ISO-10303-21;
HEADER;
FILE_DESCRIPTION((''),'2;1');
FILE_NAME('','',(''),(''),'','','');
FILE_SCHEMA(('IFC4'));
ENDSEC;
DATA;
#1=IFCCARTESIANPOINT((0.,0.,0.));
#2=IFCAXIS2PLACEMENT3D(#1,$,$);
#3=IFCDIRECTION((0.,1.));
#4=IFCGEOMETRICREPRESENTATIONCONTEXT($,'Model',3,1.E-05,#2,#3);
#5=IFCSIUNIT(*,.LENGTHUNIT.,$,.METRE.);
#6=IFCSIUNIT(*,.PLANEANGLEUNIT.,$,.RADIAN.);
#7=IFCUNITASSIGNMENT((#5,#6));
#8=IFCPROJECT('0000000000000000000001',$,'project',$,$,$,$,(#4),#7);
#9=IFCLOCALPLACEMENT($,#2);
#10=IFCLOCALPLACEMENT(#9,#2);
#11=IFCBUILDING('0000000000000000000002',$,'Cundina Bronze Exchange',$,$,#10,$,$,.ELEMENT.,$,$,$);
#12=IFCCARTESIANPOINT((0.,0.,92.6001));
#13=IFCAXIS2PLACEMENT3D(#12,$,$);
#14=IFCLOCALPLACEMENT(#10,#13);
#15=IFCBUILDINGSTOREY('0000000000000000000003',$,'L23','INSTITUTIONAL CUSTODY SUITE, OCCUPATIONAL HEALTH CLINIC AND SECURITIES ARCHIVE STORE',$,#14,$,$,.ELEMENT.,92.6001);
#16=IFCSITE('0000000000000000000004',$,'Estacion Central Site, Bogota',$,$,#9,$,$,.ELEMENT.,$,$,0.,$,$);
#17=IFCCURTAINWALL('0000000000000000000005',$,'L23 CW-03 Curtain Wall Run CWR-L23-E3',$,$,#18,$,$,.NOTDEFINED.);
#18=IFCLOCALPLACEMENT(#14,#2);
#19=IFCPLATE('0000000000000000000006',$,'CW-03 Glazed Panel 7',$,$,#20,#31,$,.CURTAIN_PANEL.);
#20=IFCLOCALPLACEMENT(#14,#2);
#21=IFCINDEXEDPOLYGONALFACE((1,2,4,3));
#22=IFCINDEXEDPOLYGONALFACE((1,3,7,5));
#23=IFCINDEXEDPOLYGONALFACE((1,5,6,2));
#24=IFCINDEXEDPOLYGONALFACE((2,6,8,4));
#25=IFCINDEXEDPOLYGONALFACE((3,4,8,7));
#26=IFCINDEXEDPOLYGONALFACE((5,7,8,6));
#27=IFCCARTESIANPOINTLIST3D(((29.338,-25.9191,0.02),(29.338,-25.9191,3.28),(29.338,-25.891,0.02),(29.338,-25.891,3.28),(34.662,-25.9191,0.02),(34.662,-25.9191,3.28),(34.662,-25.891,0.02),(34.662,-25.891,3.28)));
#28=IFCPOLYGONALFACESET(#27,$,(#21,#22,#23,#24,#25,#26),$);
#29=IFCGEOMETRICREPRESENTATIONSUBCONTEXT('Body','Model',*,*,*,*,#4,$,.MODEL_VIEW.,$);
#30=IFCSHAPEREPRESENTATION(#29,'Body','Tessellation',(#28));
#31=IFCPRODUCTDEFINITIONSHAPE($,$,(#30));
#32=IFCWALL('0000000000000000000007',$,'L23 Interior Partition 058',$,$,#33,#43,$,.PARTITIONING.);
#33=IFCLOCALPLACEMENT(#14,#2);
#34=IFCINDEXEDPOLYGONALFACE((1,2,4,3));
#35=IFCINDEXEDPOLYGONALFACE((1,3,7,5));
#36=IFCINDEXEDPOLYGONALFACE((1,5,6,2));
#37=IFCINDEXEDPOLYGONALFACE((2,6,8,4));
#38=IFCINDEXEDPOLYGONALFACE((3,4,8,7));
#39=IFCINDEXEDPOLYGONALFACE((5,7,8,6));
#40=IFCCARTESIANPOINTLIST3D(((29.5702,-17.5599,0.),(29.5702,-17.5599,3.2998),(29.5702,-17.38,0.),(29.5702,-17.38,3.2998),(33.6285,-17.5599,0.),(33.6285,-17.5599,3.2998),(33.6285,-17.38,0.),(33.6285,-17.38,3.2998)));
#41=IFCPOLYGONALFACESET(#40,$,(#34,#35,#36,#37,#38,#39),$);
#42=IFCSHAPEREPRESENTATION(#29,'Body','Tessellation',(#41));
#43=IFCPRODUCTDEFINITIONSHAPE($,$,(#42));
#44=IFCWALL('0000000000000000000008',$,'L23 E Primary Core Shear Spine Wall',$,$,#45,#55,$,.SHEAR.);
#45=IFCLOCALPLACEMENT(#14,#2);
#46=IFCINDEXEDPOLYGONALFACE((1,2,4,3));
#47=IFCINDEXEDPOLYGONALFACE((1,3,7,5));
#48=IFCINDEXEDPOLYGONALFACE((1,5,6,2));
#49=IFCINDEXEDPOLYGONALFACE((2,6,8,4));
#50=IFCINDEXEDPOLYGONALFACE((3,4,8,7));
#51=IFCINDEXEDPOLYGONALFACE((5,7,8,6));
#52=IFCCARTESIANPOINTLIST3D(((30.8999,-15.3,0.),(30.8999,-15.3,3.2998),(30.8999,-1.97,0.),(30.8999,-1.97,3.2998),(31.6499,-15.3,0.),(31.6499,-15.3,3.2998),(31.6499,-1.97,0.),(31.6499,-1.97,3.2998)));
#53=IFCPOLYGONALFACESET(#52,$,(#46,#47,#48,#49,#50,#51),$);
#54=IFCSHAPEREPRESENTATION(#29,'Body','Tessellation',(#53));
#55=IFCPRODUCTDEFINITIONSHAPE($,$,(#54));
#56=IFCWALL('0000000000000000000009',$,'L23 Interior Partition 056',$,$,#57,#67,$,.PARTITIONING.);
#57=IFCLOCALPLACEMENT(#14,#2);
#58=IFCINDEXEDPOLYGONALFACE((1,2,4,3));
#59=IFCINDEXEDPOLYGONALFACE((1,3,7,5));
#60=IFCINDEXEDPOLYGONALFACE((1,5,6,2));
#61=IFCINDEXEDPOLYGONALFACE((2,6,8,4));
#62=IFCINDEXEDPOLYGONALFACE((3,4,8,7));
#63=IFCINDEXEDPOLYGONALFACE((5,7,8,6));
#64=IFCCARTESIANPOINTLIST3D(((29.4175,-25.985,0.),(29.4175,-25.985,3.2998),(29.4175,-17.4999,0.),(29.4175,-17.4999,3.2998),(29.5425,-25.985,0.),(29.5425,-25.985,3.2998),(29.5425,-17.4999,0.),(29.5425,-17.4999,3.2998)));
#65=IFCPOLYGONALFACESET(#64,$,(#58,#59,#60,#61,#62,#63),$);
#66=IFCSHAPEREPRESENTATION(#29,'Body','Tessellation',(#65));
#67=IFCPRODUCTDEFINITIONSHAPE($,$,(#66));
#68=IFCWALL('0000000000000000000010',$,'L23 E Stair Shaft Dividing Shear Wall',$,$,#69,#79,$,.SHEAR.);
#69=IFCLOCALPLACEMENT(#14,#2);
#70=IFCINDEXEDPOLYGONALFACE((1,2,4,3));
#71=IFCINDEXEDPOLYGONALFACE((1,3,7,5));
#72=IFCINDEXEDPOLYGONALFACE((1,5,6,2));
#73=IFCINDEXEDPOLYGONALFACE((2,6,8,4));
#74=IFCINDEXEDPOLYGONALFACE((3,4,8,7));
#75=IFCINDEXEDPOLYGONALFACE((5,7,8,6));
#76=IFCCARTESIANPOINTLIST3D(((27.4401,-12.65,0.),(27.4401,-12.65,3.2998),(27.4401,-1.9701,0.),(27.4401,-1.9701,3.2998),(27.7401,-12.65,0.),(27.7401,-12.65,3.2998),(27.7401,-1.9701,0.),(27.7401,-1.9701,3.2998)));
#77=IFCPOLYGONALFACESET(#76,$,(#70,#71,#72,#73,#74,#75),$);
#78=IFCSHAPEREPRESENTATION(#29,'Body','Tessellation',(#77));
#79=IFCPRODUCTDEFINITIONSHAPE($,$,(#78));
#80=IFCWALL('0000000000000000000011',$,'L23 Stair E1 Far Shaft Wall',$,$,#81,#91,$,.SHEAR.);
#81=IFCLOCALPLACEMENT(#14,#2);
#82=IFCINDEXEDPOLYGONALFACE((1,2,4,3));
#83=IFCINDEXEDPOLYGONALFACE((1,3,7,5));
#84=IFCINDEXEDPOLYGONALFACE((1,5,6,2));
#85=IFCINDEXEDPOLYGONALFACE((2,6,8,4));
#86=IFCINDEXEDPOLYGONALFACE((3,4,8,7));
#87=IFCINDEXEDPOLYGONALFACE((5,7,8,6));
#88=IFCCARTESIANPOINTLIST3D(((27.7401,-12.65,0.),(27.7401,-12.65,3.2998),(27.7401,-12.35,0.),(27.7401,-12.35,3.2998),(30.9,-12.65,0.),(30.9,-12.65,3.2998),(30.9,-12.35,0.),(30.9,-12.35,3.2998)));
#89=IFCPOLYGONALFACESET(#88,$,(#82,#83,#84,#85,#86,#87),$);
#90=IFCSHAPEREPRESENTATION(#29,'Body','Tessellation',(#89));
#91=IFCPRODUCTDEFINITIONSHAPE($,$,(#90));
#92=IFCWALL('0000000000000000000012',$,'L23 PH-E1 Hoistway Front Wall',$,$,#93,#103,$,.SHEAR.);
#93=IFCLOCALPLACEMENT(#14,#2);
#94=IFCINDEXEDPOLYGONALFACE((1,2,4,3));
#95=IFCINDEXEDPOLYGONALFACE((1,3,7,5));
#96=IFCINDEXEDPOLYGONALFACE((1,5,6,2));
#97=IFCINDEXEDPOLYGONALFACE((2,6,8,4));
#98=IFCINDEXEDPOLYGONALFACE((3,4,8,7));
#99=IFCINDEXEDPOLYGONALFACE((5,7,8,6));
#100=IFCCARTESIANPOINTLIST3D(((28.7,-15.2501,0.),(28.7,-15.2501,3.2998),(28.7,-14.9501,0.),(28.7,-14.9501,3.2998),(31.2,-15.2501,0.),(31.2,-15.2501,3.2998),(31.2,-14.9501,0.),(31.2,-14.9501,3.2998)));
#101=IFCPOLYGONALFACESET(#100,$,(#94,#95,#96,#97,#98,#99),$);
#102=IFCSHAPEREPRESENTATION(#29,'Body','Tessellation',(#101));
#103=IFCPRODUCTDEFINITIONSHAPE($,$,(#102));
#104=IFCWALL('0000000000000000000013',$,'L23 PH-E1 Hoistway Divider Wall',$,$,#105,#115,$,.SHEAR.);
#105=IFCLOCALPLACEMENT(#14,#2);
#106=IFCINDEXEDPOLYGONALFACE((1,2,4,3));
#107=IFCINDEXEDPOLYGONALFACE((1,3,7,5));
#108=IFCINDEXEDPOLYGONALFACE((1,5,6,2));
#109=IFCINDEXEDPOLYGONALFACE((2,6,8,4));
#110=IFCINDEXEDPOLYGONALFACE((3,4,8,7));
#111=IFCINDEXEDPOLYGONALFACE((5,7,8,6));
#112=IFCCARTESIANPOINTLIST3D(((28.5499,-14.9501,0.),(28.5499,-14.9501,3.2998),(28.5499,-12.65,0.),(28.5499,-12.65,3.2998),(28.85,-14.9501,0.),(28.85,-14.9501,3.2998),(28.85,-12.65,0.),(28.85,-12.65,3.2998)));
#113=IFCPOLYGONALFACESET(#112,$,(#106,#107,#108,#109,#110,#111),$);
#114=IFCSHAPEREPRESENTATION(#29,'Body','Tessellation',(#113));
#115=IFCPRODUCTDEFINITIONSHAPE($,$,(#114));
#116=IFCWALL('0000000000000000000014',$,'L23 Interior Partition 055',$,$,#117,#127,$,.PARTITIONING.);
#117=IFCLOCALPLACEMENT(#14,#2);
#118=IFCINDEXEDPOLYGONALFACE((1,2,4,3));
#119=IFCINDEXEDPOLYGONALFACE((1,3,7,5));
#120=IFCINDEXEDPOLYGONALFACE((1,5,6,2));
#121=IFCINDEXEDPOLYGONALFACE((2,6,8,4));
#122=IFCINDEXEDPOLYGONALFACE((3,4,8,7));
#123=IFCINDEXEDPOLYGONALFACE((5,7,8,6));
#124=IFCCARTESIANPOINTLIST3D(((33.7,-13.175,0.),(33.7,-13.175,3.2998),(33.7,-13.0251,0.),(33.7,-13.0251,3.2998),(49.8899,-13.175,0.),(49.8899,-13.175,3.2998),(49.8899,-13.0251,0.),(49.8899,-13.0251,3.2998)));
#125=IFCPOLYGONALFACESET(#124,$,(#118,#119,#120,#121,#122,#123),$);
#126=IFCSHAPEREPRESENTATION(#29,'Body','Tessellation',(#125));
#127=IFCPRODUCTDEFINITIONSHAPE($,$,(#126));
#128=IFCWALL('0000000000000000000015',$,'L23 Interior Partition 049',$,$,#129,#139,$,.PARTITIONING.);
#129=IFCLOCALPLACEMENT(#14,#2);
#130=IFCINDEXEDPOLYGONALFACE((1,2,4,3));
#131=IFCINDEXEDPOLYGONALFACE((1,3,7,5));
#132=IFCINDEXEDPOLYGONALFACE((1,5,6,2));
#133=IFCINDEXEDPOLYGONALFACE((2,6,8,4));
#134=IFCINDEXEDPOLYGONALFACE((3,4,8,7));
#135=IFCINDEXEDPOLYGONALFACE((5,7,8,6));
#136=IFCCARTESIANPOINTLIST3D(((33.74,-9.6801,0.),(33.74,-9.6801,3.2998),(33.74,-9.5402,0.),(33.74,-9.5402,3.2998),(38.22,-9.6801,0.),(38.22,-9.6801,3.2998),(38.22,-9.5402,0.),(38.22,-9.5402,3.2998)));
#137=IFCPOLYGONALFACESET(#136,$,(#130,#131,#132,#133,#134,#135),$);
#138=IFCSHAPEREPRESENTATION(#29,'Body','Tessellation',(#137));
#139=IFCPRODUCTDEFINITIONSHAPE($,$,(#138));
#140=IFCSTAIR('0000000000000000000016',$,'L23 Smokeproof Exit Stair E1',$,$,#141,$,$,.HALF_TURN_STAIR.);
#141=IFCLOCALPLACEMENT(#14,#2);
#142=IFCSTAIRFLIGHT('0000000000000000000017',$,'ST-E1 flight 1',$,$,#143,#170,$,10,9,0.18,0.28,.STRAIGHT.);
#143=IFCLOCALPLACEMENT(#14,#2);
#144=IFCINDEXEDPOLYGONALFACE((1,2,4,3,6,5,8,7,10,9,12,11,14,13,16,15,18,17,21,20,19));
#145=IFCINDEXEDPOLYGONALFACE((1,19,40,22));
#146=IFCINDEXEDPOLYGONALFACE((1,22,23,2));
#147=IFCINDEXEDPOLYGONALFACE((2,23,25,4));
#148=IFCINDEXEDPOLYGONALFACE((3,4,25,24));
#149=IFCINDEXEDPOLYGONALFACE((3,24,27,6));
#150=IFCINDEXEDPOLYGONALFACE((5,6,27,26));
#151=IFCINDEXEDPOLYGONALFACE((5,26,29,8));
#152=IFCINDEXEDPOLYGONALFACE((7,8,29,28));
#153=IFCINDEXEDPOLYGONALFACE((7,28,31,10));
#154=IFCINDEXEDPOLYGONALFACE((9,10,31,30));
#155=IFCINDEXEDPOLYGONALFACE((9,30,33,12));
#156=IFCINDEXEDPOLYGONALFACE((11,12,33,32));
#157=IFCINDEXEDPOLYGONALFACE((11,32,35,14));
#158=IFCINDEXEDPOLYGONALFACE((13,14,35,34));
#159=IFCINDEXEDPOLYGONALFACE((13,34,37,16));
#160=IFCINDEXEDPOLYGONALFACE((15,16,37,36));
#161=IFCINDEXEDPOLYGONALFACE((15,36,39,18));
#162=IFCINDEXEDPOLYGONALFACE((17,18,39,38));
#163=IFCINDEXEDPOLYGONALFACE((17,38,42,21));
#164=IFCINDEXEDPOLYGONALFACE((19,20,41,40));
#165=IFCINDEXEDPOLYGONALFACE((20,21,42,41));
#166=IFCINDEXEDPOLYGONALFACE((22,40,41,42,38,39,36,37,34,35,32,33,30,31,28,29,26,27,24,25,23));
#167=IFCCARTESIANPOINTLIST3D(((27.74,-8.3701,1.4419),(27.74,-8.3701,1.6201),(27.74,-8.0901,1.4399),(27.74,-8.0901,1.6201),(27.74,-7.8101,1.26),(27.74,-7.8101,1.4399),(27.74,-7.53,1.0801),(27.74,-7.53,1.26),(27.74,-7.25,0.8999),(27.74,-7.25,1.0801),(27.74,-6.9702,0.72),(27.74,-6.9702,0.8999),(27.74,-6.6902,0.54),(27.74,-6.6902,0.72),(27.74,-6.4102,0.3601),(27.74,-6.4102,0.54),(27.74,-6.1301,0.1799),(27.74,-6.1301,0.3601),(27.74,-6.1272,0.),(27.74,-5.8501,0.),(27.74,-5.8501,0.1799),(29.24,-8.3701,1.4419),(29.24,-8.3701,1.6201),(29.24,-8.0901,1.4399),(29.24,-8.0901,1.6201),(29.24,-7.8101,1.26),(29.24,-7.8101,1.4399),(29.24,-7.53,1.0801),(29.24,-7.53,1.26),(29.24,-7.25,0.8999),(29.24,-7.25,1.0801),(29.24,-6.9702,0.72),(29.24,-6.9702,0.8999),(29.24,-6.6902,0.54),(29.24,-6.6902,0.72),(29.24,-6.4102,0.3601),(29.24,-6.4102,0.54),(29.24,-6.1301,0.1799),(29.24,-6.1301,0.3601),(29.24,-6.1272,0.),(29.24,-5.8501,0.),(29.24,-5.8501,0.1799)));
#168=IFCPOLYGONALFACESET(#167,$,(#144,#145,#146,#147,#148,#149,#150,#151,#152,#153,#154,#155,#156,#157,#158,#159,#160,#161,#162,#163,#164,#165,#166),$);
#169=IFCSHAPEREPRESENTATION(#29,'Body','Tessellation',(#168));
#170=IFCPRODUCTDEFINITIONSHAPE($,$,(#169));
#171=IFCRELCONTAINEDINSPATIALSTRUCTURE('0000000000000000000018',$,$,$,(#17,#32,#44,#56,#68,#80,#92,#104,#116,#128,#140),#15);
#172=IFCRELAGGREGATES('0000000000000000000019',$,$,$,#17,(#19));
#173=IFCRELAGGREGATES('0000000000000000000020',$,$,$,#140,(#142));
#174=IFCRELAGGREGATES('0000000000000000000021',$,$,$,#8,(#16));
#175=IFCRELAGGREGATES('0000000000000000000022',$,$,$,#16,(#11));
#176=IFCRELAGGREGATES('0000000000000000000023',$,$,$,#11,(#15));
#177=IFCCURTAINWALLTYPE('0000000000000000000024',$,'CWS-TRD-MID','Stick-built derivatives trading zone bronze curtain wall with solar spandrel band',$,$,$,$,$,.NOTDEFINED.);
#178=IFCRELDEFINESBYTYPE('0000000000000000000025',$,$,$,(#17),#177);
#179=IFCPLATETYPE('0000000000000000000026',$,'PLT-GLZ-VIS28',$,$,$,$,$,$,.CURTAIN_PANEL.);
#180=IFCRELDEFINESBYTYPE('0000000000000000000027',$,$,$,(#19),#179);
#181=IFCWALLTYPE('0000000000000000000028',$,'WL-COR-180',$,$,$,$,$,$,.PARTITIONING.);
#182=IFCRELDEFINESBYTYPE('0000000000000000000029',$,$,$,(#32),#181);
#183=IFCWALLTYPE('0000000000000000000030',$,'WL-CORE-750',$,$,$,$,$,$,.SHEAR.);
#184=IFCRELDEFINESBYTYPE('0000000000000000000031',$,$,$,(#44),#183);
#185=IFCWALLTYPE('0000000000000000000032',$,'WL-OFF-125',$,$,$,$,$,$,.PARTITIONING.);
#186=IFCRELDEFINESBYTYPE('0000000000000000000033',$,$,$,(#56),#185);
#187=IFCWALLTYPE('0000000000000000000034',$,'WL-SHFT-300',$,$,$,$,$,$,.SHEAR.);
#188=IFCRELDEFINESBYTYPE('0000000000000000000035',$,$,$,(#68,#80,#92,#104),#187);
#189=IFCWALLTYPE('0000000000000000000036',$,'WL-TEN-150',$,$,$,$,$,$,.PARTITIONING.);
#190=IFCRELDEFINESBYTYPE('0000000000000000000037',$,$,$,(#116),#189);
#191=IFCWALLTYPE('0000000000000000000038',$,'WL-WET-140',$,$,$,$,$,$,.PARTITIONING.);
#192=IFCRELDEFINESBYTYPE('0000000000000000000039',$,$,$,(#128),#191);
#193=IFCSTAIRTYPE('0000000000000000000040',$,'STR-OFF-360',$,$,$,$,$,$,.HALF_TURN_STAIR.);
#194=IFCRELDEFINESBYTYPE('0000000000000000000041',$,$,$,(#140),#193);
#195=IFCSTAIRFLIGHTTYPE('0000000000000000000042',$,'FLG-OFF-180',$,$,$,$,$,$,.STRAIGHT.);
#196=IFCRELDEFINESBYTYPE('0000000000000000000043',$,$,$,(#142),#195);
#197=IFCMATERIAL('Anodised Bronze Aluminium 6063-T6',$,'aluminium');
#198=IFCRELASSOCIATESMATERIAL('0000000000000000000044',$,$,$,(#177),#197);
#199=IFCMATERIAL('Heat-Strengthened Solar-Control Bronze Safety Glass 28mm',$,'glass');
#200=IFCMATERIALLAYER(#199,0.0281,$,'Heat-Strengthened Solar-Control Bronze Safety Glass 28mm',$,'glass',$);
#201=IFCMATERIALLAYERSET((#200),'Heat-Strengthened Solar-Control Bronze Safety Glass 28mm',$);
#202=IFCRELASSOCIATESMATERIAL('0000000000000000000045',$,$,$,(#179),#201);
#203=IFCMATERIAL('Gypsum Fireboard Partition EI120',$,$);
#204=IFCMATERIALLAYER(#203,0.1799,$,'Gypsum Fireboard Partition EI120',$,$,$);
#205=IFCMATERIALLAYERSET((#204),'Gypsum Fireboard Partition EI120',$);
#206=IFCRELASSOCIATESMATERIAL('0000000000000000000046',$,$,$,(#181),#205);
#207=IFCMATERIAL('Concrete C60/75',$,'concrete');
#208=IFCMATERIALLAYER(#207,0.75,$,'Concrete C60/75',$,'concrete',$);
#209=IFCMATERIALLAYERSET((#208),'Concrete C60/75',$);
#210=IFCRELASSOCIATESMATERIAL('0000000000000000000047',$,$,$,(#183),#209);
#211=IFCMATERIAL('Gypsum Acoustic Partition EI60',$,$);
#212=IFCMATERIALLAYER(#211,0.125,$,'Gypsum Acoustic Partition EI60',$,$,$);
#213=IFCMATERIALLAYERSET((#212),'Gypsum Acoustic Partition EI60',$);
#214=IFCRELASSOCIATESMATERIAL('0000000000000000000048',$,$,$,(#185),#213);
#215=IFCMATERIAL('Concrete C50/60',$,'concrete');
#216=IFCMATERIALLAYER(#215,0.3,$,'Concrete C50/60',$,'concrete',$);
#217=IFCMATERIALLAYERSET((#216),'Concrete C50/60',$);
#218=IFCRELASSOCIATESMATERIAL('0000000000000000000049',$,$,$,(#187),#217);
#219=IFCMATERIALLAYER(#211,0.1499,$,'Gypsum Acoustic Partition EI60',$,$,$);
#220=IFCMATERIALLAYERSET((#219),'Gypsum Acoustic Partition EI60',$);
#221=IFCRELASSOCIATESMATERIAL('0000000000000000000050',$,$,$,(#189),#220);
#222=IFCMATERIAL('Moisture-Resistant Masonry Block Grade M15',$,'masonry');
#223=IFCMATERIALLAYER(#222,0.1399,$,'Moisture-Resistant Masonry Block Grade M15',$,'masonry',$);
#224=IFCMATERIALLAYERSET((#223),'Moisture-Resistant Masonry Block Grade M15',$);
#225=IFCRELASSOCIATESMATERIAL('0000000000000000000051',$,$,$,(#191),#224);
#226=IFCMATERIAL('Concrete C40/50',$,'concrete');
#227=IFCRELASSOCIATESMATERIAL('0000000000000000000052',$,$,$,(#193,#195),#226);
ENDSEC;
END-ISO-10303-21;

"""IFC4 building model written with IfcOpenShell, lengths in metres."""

from ifc_helpers import new_model, si_unit, direction, frame, frame_2d, origin, origin_2d, place, context, subcontext, project, spatial, polyline, rectangle, outline, extrude, material, layer, layer_set, type_object, element, aggregate, save


model = new_model("IFC4")

# Units and contexts
model_context = context("Model", 3, precision=1e-05, world=origin(), true_north=direction((0.0, 1.0)))
body_context = subcontext(model_context, "Body", "Model", "MODEL_VIEW")
ifc_project = project(units=[si_unit("LENGTHUNIT", "METRE"), si_unit("PLANEANGLEUNIT", "RADIAN")], contexts=[model_context])

# Site, building, storey
site_placement = place(None, origin())
site = spatial("IfcSite", under=ifc_project, at=site_placement, Name="Estacion Central Site, Bogota", CompositionType="ELEMENT", RefElevation=0.0)
building_placement = place(site_placement, origin())
building = spatial("IfcBuilding", under=site, at=building_placement, Name="Cundina Bronze Exchange", CompositionType="ELEMENT")
storey_placement = place(building_placement, frame((0.0, 0.0, 92.6001)))
storey = spatial("IfcBuildingStorey", under=building, at=storey_placement, Name="L23", Description="INSTITUTIONAL CUSTODY SUITE, OCCUPATIONAL HEALTH CLINIC AND SECURITIES ARCHIVE STORE", CompositionType="ELEMENT", Elevation=92.6001)

# Shared definitions
ifc_material_1 = material(Name="Concrete C60/75", Category="concrete")

# Curtain wall, plate
ifc_material_2 = material(Name="Anodised Bronze Aluminium 6063-T6", Category="aluminium")
curtain_wall_type = type_object("IfcCurtainWallType", Name="CWS-TRD-MID", Description="Stick-built derivatives trading zone bronze curtain wall with solar spandrel band", PredefinedType="NOTDEFINED", material=ifc_material_2)
curtain_wall_placement = place(storey_placement, origin())
curtain_wall = element("IfcCurtainWall", 1, at=curtain_wall_placement, inside=storey, type_object=curtain_wall_type, Name="L23 CW-03 Curtain Wall Run CWR-L23-E3", PredefinedType="NOTDEFINED")
ifc_material_3 = material(Name="Heat-Strengthened Solar-Control Bronze Safety Glass 28mm", Category="glass")
ifc_layer_1 = layer(ifc_material_3, 0.0281, Name="Heat-Strengthened Solar-Control Bronze Safety Glass 28mm", Category="glass")
ifc_layer_set_1 = layer_set([ifc_layer_1], Name="Heat-Strengthened Solar-Control Bronze Safety Glass 28mm")
plate_type = type_object("IfcPlateType", Name="PLT-GLZ-VIS28", PredefinedType="CURTAIN_PANEL", material=ifc_layer_set_1)
plate_placement = place(storey_placement, frame((32.0, -25.905, 0.02), z_axis=(0.0, 0.0, 1.0), x_axis=(1.0, 0.0, 0.0)))
plate = element("IfcPlate", 2, at=plate_placement, type_object=plate_type, Name="CW-03 Glazed Panel 7", PredefinedType="CURTAIN_PANEL", context=body_context, shape_type="SweptSolid", body=[
    extrude(rectangle(XDim=5.324, YDim=0.0281, at=origin_2d()), origin(), (0.0, 0.0, 1.0), 3.26),
])
aggregate(curtain_wall, [plate])

# Shared definitions
ifc_material_4 = material(Name="Gypsum Fireboard Partition EI120")
ifc_layer_2 = layer(ifc_material_4, 0.1799, Name="Gypsum Fireboard Partition EI120")
ifc_layer_set_2 = layer_set([ifc_layer_2], Name="Gypsum Fireboard Partition EI120")
wall_type_1 = type_object("IfcWallType", Name="WL-COR-180", PredefinedType="PARTITIONING", material=ifc_layer_set_2)

# Wall
wall_1_placement = place(storey_placement, frame((29.5701, -17.47, 0.0), z_axis=(0.0, 0.0, 1.0), x_axis=(1.0, 0.0, 0.0)))
element("IfcWall", 3, at=wall_1_placement, inside=storey, type_object=wall_type_1, Name="L23 Interior Partition 058", PredefinedType="PARTITIONING", context=body_context, shape_type="SweptSolid", body=[
    extrude(rectangle(XDim=4.0583, YDim=0.1799, at=frame_2d((2.0293, 0.0))), origin(), (0.0, 0.0, 1.0), 3.2998),
])

# Walls
ifc_layer_3 = layer(ifc_material_1, 0.75, Name="Concrete C60/75", Category="concrete")
ifc_layer_set_3 = layer_set([ifc_layer_3], Name="Concrete C60/75")
wall_type_2 = type_object("IfcWallType", Name="WL-CORE-750", PredefinedType="SHEAR", material=ifc_layer_set_3)
wall_2_placement = place(storey_placement, frame((31.2749, -15.3, 0.0), z_axis=(0.0, 0.0, 1.0), x_axis=(0.0, 1.0, 0.0)))
element("IfcWall", 4, at=wall_2_placement, inside=storey, type_object=wall_type_2, Name="L23 E Primary Core Shear Spine Wall", PredefinedType="SHEAR", context=body_context, shape_type="SweptSolid", body=[
    extrude(rectangle(XDim=13.3301, YDim=0.75, at=frame_2d((6.665, 0.0))), origin(), (0.0, 0.0, 1.0), 3.2998),
])
ifc_material_5 = material(Name="Gypsum Acoustic Partition EI60")
ifc_layer_4 = layer(ifc_material_5, 0.125, Name="Gypsum Acoustic Partition EI60")
ifc_layer_set_4 = layer_set([ifc_layer_4], Name="Gypsum Acoustic Partition EI60")
wall_type_3 = type_object("IfcWallType", Name="WL-OFF-125", PredefinedType="PARTITIONING", material=ifc_layer_set_4)
wall_3_placement = place(storey_placement, frame((29.48, -25.9851, 0.0), z_axis=(0.0, 0.0, 1.0), x_axis=(0.0, 1.0, 0.0)))
element("IfcWall", 5, at=wall_3_placement, inside=storey, type_object=wall_type_3, Name="L23 Interior Partition 056", PredefinedType="PARTITIONING", context=body_context, shape_type="SweptSolid", body=[
    extrude(rectangle(XDim=8.4851, YDim=0.125, at=frame_2d((4.2427, 0.0))), origin(), (0.0, 0.0, 1.0), 3.2998),
])
ifc_material_6 = material(Name="Concrete C50/60", Category="concrete")
ifc_layer_5 = layer(ifc_material_6, 0.3, Name="Concrete C50/60", Category="concrete")
ifc_layer_set_5 = layer_set([ifc_layer_5], Name="Concrete C50/60")
wall_type_4 = type_object("IfcWallType", Name="WL-SHFT-300", PredefinedType="SHEAR", material=ifc_layer_set_5)
wall_4_placement = place(storey_placement, frame((27.5901, -12.6499, 0.0), z_axis=(0.0, 0.0, 1.0), x_axis=(0.0, 1.0, 0.0)))
element("IfcWall", 6, at=wall_4_placement, inside=storey, type_object=wall_type_4, Name="L23 E Stair Shaft Dividing Shear Wall", PredefinedType="SHEAR", context=body_context, shape_type="SweptSolid", body=[
    extrude(rectangle(XDim=10.6799, YDim=0.3, at=frame_2d((5.3398, 0.0))), origin(), (0.0, 0.0, 1.0), 3.2998),
])
wall_5_placement = place(storey_placement, frame((27.74, -12.5, 0.0), z_axis=(0.0, 0.0, 1.0), x_axis=(1.0, 0.0, 0.0)))
element("IfcWall", 7, at=wall_5_placement, inside=storey, type_object=wall_type_4, Name="L23 Stair E1 Far Shaft Wall", PredefinedType="SHEAR", context=body_context, shape_type="SweptSolid", body=[
    extrude(rectangle(XDim=3.1599, YDim=0.3, at=frame_2d((1.5801, 0.0))), origin(), (0.0, 0.0, 1.0), 3.2998),
])
wall_6_placement = place(storey_placement, frame((28.7, -15.1001, 0.0), z_axis=(0.0, 0.0, 1.0), x_axis=(1.0, 0.0, 0.0)))
element("IfcWall", 8, at=wall_6_placement, inside=storey, type_object=wall_type_4, Name="L23 PH-E1 Hoistway Front Wall", PredefinedType="SHEAR", context=body_context, shape_type="SweptSolid", body=[
    extrude(rectangle(XDim=2.5, YDim=0.3, at=frame_2d((1.25, 0.0))), origin(), (0.0, 0.0, 1.0), 3.2998),
])
wall_7_placement = place(storey_placement, frame((28.7, -14.95, 0.0), z_axis=(0.0, 0.0, 1.0), x_axis=(0.0, 1.0, 0.0)))
element("IfcWall", 9, at=wall_7_placement, inside=storey, type_object=wall_type_4, Name="L23 PH-E1 Hoistway Divider Wall", PredefinedType="SHEAR", context=body_context, shape_type="SweptSolid", body=[
    extrude(rectangle(XDim=2.3, YDim=0.3, at=frame_2d((1.1499, 0.0))), origin(), (0.0, 0.0, 1.0), 3.2998),
])
ifc_layer_6 = layer(ifc_material_5, 0.1499, Name="Gypsum Acoustic Partition EI60")
ifc_layer_set_6 = layer_set([ifc_layer_6], Name="Gypsum Acoustic Partition EI60")
wall_type_5 = type_object("IfcWallType", Name="WL-TEN-150", PredefinedType="PARTITIONING", material=ifc_layer_set_6)
wall_8_placement = place(storey_placement, frame((33.7, -13.1001, 0.0), z_axis=(0.0, 0.0, 1.0), x_axis=(1.0, 0.0, 0.0)))
element("IfcWall", 10, at=wall_8_placement, inside=storey, type_object=wall_type_5, Name="L23 Interior Partition 055", PredefinedType="PARTITIONING", context=body_context, shape_type="SweptSolid", body=[
    extrude(rectangle(XDim=16.1899, YDim=0.1499, at=frame_2d((8.095, 0.0))), origin(), (0.0, 0.0, 1.0), 3.2998),
])
ifc_material_7 = material(Name="Moisture-Resistant Masonry Block Grade M15", Category="masonry")
ifc_layer_7 = layer(ifc_material_7, 0.1399, Name="Moisture-Resistant Masonry Block Grade M15", Category="masonry")
ifc_layer_set_7 = layer_set([ifc_layer_7], Name="Moisture-Resistant Masonry Block Grade M15")
wall_type_6 = type_object("IfcWallType", Name="WL-WET-140", PredefinedType="PARTITIONING", material=ifc_layer_set_7)
wall_9_placement = place(storey_placement, frame((33.74, -9.6101, 0.0), z_axis=(0.0, 0.0, 1.0), x_axis=(1.0, 0.0, 0.0)))
element("IfcWall", 11, at=wall_9_placement, inside=storey, type_object=wall_type_6, Name="L23 Interior Partition 049", PredefinedType="PARTITIONING", context=body_context, shape_type="SweptSolid", body=[
    extrude(rectangle(XDim=4.48, YDim=0.1399, at=frame_2d((2.24, 0.0))), origin(), (0.0, 0.0, 1.0), 3.2998),
])

# Stair, stair flight
ifc_material_8 = material(Name="Concrete C40/50", Category="concrete")
stair_type = type_object("IfcStairType", Name="STR-OFF-360", PredefinedType="HALF_TURN_STAIR", material=ifc_material_8)
stair_placement = place(storey_placement, origin())
stair = element("IfcStair", 12, at=stair_placement, inside=storey, type_object=stair_type, Name="L23 Smokeproof Exit Stair E1", PredefinedType="HALF_TURN_STAIR")
stair_flight_type = type_object("IfcStairFlightType", Name="FLG-OFF-180", PredefinedType="STRAIGHT", material=ifc_material_8)
stair_flight_1_placement = place(storey_placement, frame((28.49, -5.8501, 0.0), z_axis=(0.0, 0.0, 1.0), x_axis=(0.0, -1.0, 0.0)))
stair_flight_1 = element("IfcStairFlight", 13, at=stair_flight_1_placement, type_object=stair_flight_type, Name="ST-E1 flight 1", NumberOfRisers=10, NumberOfTreads=9, PredefinedType="STRAIGHT", RiserHeight=0.18, TreadLength=0.28, context=body_context, shape_type="SweptSolid", body=[
    extrude(outline(polyline([(0.0, 0.0), (0.0, 0.1799), (0.28, 0.1799), (0.28, 0.3601), (0.5601, 0.3601), (0.5601, 0.54), (0.8401, 0.54), (0.8401, 0.72), (1.1201, 0.72), (1.1201, 0.8999), (1.3999, 0.8999), (1.3999, 1.0801), (1.6799, 1.0801), (1.6799, 1.26), (1.96, 1.26), (1.96, 1.4399), (2.24, 1.4399), (2.24, 1.6201), (2.52, 1.6201), (2.52, 1.8), (2.52, 1.4419), (0.2771, 0.0), (0.0, 0.0)])), frame((0.0, 0.75, 0.0), z_axis=(0.0, -1.0, 0.0), x_axis=(1.0, 0.0, 0.0)), (0.0, 0.0, 1.0), 1.5),
])
aggregate(stair, [stair_flight_1])

save(model, "model.ifc")
